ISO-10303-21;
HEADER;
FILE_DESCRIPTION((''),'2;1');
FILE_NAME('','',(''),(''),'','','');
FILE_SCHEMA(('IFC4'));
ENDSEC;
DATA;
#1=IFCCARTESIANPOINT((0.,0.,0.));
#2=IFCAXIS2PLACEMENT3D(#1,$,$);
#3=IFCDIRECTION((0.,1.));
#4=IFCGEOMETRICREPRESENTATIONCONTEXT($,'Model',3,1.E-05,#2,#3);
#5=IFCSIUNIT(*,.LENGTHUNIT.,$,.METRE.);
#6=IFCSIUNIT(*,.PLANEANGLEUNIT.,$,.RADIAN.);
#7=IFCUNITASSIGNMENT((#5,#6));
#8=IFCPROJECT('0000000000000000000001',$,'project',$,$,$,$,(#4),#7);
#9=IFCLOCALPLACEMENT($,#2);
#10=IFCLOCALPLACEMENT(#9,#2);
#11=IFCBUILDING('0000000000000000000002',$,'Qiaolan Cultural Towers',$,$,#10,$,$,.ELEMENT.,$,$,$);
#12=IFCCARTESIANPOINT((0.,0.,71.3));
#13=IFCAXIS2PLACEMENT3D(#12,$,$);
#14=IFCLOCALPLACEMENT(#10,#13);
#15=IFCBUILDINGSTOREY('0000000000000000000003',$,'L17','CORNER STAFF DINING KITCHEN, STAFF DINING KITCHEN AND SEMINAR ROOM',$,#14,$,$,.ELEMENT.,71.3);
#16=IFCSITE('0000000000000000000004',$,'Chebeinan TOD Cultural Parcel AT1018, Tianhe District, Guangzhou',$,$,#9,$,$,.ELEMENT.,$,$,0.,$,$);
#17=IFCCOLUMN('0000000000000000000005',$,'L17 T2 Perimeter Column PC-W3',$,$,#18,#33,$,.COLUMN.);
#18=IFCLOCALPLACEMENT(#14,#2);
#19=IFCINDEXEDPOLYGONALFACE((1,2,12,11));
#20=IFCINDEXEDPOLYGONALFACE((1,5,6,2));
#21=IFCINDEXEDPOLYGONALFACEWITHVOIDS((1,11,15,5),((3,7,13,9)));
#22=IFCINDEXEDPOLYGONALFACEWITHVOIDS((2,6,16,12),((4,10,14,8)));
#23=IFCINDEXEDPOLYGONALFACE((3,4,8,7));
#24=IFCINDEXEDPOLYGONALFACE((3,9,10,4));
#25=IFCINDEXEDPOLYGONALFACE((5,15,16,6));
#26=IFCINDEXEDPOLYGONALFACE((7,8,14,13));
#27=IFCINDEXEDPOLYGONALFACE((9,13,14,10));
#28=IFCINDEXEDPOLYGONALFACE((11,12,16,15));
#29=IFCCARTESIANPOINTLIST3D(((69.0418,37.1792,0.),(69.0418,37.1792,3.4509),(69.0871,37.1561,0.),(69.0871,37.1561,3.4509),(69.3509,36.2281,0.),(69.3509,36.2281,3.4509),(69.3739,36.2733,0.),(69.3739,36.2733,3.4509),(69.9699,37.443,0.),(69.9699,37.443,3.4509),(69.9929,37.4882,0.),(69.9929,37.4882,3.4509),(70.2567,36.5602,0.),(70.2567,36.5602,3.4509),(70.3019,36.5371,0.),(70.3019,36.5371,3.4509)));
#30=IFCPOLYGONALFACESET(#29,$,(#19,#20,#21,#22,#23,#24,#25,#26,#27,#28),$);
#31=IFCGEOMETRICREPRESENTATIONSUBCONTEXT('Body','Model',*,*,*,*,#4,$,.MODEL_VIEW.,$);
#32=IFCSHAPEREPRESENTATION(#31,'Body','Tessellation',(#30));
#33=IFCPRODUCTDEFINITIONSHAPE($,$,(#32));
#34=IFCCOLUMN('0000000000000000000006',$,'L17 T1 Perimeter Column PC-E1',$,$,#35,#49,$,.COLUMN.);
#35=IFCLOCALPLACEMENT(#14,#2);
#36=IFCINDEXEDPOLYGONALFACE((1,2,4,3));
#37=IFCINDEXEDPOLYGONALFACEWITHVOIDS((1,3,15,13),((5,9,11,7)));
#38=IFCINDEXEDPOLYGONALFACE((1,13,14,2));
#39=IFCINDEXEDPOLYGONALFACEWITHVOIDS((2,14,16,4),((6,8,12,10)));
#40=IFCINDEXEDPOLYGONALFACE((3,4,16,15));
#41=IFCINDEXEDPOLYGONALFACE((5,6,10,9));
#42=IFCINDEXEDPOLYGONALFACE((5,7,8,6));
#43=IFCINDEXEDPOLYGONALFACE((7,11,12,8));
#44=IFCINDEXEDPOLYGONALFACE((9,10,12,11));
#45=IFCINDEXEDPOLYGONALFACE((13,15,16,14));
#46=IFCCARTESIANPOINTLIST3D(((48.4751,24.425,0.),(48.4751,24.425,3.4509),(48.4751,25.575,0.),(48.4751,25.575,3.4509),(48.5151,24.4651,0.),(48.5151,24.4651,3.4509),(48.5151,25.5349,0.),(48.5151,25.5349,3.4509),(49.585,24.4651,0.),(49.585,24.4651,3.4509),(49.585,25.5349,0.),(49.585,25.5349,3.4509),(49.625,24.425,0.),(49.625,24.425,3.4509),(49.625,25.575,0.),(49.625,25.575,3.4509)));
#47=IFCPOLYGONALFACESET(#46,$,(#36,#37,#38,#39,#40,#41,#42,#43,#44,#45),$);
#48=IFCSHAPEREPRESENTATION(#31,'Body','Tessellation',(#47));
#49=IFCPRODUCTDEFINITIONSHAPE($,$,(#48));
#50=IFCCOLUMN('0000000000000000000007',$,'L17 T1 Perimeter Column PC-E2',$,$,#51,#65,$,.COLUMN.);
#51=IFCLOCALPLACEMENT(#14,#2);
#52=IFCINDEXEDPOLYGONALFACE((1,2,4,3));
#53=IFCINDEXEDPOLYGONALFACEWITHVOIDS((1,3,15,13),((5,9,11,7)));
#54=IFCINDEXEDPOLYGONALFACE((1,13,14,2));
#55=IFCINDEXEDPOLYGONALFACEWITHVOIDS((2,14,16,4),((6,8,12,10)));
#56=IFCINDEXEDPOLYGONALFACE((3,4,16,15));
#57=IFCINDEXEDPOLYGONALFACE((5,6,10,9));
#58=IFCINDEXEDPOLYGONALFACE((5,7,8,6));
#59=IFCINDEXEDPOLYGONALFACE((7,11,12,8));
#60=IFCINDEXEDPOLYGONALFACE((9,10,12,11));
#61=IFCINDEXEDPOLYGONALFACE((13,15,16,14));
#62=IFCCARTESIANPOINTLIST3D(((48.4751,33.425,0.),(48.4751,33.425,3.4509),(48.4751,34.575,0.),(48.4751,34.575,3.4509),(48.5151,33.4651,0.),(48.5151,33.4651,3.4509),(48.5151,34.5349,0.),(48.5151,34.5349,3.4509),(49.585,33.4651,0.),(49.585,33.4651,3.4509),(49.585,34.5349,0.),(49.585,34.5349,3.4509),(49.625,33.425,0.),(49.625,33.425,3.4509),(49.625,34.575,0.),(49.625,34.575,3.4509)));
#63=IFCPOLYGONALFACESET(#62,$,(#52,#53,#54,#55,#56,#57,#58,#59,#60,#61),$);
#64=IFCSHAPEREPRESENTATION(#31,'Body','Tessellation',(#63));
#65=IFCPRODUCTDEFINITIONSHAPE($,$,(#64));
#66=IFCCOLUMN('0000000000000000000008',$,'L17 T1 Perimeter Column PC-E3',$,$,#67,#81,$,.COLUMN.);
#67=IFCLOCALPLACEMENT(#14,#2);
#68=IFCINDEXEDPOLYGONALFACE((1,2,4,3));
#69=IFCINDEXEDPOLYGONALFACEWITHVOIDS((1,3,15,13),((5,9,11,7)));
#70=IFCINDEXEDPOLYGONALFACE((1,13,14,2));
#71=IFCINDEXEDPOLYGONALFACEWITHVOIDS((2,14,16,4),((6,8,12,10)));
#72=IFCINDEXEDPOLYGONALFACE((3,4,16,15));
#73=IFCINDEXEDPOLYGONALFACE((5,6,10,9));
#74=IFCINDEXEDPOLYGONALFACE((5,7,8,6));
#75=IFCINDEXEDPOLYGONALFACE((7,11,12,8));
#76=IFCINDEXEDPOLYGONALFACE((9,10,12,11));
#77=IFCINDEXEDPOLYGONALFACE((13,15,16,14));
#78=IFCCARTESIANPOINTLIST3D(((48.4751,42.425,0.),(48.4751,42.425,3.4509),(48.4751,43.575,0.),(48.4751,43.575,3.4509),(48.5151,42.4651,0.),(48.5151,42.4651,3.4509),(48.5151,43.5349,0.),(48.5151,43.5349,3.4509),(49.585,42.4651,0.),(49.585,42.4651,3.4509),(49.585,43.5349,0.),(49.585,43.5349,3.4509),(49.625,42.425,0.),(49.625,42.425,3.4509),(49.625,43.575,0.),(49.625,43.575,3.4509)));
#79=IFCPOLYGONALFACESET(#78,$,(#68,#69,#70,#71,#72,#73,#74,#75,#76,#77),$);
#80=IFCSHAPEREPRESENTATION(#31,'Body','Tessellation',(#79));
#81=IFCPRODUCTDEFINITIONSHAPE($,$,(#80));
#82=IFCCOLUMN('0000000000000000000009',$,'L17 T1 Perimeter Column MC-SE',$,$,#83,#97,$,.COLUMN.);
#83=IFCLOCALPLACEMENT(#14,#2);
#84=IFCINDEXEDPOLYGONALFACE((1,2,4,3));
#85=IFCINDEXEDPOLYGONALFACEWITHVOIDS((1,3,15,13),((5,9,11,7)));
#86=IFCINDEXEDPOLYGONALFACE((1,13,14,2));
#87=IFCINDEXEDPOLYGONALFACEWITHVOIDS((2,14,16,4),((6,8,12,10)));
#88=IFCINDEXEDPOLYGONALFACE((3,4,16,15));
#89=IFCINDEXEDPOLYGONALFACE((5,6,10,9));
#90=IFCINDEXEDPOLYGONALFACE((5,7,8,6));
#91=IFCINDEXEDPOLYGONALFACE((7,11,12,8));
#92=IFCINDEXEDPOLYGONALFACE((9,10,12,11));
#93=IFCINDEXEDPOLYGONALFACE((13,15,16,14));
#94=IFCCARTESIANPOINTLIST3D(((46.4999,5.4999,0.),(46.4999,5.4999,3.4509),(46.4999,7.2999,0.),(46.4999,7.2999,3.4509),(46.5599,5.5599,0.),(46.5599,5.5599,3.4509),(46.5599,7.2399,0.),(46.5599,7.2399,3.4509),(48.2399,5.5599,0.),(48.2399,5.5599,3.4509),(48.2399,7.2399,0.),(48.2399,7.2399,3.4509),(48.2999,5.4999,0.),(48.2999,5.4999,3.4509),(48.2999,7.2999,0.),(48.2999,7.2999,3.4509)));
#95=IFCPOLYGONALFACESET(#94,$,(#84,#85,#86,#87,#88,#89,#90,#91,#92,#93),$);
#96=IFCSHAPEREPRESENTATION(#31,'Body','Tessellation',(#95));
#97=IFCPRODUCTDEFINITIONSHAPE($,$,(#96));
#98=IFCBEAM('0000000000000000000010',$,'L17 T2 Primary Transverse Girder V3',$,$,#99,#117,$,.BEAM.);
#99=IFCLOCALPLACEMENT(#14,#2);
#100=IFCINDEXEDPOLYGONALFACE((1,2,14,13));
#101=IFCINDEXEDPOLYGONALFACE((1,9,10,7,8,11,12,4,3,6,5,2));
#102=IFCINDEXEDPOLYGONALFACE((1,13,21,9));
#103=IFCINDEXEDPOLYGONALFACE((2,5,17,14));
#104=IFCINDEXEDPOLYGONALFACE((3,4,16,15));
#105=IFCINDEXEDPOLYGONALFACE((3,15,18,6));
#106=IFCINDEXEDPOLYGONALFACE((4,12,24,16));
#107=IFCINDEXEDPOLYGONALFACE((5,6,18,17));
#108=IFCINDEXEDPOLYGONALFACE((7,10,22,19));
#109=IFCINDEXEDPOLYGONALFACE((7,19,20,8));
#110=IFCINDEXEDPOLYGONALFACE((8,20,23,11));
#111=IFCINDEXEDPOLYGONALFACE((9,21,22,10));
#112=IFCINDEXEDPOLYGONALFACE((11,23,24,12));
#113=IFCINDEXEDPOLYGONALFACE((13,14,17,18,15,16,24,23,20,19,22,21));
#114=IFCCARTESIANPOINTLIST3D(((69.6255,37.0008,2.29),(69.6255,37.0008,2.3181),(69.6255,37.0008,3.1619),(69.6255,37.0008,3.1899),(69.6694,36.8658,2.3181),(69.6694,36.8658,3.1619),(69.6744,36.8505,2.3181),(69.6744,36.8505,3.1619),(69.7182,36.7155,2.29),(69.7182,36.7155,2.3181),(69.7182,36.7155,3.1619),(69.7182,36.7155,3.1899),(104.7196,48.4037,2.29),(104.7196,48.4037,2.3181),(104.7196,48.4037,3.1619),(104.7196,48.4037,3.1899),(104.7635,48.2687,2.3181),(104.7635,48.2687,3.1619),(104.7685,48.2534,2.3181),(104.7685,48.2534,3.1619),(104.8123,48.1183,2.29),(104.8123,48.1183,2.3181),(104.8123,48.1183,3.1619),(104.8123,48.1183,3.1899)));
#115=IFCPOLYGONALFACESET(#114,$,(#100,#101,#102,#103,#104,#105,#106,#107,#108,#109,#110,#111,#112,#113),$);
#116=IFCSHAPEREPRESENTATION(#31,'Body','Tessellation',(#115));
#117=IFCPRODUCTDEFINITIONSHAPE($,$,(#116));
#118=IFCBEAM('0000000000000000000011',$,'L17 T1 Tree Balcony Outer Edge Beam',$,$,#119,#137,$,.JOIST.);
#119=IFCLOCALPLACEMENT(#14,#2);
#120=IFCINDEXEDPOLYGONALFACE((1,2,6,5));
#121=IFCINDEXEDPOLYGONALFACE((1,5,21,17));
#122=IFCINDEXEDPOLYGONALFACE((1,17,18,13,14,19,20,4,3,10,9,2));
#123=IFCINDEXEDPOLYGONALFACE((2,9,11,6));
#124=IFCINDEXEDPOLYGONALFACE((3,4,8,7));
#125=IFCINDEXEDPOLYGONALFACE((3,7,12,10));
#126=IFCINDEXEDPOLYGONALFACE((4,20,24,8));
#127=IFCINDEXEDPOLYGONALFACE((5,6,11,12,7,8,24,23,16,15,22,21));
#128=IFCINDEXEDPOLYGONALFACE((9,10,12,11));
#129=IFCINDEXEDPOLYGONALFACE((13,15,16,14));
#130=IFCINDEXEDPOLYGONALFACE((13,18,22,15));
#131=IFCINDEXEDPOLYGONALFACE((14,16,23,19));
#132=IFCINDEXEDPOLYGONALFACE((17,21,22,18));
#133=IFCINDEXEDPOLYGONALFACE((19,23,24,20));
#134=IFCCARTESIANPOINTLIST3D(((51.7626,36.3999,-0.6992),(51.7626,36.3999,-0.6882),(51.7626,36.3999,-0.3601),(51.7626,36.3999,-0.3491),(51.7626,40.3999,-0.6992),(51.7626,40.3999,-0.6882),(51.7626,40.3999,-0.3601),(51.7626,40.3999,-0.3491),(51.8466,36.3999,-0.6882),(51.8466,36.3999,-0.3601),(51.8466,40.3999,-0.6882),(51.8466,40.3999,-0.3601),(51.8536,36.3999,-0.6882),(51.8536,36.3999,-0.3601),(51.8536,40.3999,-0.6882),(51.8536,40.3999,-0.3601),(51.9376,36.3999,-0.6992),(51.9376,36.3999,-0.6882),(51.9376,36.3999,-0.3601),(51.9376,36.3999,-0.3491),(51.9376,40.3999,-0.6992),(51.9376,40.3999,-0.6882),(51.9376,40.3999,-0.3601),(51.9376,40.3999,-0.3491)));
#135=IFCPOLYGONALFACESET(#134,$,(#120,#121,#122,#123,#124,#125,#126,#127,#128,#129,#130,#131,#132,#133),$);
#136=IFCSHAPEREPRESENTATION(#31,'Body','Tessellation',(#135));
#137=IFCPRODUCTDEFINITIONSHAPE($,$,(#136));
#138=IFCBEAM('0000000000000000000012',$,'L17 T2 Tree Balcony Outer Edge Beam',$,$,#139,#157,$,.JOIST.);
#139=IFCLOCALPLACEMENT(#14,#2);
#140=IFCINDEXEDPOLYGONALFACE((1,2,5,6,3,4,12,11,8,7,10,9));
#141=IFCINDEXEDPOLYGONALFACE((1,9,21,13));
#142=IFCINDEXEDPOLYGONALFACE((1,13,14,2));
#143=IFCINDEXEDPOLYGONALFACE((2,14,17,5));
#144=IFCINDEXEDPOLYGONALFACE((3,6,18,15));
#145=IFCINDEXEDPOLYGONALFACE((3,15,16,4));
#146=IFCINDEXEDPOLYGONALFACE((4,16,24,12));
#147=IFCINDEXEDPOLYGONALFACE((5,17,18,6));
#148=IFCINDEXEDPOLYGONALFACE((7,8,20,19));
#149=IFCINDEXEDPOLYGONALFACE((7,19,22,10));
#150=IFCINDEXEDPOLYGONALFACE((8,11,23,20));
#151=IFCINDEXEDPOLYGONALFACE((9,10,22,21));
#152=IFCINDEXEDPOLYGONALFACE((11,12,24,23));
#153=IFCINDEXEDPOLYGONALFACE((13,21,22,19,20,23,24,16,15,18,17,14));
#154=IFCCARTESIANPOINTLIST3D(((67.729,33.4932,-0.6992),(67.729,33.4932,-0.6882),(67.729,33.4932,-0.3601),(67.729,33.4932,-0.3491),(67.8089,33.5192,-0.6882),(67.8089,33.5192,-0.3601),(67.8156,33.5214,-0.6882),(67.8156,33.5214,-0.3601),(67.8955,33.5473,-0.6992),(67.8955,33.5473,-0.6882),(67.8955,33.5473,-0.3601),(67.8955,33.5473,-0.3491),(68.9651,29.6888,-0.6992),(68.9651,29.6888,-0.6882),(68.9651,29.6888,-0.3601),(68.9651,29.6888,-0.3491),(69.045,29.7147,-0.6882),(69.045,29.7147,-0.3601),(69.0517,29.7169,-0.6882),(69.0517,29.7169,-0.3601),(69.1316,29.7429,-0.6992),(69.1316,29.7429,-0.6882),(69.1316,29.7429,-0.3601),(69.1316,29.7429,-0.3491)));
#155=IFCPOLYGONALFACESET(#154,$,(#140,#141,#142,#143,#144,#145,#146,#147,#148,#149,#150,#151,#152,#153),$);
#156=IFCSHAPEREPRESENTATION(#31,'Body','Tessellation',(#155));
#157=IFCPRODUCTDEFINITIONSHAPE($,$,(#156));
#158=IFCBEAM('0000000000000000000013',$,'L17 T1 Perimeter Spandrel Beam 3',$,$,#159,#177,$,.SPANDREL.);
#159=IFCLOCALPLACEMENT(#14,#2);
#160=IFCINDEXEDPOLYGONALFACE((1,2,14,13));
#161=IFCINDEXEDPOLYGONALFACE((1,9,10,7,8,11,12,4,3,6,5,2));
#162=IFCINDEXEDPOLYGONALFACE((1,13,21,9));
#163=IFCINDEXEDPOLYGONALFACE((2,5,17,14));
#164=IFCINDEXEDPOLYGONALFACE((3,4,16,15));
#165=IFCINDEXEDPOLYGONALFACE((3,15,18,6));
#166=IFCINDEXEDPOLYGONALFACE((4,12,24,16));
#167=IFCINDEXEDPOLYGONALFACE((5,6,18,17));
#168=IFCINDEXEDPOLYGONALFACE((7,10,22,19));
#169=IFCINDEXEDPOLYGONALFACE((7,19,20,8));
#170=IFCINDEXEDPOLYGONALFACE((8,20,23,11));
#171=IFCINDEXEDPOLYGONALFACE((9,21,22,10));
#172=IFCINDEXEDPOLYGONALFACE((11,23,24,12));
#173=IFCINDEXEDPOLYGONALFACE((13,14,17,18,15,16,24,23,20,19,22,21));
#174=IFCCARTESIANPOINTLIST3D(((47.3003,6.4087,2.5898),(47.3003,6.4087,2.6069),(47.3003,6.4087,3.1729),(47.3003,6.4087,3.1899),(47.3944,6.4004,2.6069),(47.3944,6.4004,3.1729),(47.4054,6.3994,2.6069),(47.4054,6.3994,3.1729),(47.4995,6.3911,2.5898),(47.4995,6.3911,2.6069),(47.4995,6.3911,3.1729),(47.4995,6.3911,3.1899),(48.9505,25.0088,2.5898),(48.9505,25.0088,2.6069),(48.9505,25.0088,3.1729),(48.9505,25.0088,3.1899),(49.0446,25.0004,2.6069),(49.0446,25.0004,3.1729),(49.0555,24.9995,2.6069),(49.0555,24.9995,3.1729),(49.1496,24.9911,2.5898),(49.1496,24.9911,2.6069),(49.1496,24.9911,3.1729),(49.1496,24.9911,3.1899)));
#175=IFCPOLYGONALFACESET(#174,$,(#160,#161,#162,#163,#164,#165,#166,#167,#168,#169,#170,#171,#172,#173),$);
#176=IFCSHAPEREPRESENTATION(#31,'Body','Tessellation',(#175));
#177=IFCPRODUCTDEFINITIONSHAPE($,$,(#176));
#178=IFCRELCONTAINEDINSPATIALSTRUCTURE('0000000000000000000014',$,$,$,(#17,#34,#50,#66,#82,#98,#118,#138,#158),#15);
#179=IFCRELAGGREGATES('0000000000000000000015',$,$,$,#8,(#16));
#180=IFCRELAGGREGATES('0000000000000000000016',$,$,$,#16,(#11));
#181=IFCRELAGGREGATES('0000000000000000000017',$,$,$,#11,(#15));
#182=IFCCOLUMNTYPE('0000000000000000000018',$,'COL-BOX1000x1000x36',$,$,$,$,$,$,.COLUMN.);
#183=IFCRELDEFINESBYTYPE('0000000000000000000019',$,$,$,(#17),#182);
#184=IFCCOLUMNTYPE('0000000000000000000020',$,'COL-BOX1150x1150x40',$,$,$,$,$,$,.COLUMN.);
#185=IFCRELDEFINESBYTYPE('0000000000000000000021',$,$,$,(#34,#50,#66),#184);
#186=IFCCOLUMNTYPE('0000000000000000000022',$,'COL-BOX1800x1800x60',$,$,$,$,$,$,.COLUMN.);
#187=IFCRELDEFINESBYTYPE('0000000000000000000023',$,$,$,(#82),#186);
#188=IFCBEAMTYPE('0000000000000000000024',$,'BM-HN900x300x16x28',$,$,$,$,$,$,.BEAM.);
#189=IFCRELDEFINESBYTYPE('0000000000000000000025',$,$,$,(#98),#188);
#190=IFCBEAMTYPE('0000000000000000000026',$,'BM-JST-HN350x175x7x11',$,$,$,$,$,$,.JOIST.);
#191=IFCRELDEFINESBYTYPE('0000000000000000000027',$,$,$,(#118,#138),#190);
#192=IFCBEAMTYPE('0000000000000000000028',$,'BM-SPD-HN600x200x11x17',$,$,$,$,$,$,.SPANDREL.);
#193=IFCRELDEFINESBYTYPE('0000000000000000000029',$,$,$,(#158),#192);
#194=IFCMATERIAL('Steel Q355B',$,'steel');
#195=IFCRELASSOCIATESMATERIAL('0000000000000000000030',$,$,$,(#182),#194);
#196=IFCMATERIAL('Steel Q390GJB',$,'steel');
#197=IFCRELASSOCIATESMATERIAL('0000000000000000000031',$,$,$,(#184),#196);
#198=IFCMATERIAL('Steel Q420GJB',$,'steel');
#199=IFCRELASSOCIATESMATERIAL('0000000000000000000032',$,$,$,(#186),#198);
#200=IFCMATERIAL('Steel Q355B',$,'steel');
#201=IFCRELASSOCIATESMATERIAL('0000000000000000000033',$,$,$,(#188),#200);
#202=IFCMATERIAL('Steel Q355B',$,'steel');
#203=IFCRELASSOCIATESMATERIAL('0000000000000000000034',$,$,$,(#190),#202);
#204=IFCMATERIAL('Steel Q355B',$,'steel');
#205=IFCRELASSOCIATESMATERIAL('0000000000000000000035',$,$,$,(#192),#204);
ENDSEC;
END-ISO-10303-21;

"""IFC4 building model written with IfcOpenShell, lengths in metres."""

from ifc_helpers import new_model, si_unit, direction, frame, origin, origin_2d, place, context, subcontext, project, spatial, hollow_rectangle, i_section, extrude, material, material_profile, profile_set, type_object, element, save


model = new_model("IFC4")

# Units and contexts
model_context = context("Model", 3, precision=1e-05, world=origin(), true_north=direction((0.0, 1.0)))
body_context = subcontext(model_context, "Body", "Model", "MODEL_VIEW")
ifc_project = project(units=[si_unit("LENGTHUNIT", "METRE"), si_unit("PLANEANGLEUNIT", "RADIAN")], contexts=[model_context])

# Site, building, storey
site_placement = place(None, origin())
site = spatial("IfcSite", under=ifc_project, at=site_placement, Name="Chebeinan TOD Cultural Parcel AT1018, Tianhe District, Guangzhou", CompositionType="ELEMENT", RefElevation=0.0)
building_placement = place(site_placement, origin())
building = spatial("IfcBuilding", under=site, at=building_placement, Name="Qiaolan Cultural Towers", CompositionType="ELEMENT")
storey_placement = place(building_placement, frame((0.0, 0.0, 71.3)))
storey = spatial("IfcBuildingStorey", under=building, at=storey_placement, Name="L17", Description="CORNER STAFF DINING KITCHEN, STAFF DINING KITCHEN AND SEMINAR ROOM", CompositionType="ELEMENT", Elevation=71.3)

# Columns
ifc_material_1 = material(Name="Steel Q355B", Category="steel")
ifc_material_profile_1 = material_profile(ifc_material_1, hollow_rectangle(XDim=1.0, YDim=1.0, WallThickness=0.0359, at=origin_2d()), Name="BOX1000x1000x36")
ifc_profile_set_1 = profile_set([ifc_material_profile_1], Name="Steel Q355B")
column_type_1 = type_object("IfcColumnType", Name="COL-BOX1000x1000x36", PredefinedType="COLUMN", material=ifc_profile_set_1)
column_1_placement = place(storey_placement, frame((69.6719, 36.8582, 0.0), z_axis=(0.0, 0.0, 1.0), x_axis=(0.951057, 0.309017, 0.0)))
element("IfcColumn", 1, at=column_1_placement, inside=storey, type_object=column_type_1, Name="L17 T2 Perimeter Column PC-W3", PredefinedType="COLUMN", context=body_context, shape_type="SweptSolid", body=[
    extrude(hollow_rectangle(XDim=1.0, YDim=1.0, WallThickness=0.0359, at=origin_2d()), origin(), (0.0, 0.0, 1.0), 3.4509),
])
ifc_material_2 = material(Name="Steel Q390GJB", Category="steel")
ifc_material_profile_2 = material_profile(ifc_material_2, hollow_rectangle(XDim=1.1499, YDim=1.1499, WallThickness=0.04, at=origin_2d()), Name="BOX1150x1150x40")
ifc_profile_set_2 = profile_set([ifc_material_profile_2], Name="Steel Q390GJB")
column_type_2 = type_object("IfcColumnType", Name="COL-BOX1150x1150x40", PredefinedType="COLUMN", material=ifc_profile_set_2)
for number, where, z_axis, x_axis, name in (
    (2, (49.05, 25.0, 0.0), (0.0, 0.0, 1.0), (1.0, 0.0, 0.0), "L17 T1 Perimeter Column PC-E1"),
    (3, (49.05, 34.0, 0.0), (0.0, 0.0, 1.0), (1.0, 0.0, 0.0), "L17 T1 Perimeter Column PC-E2"),
    (4, (49.05, 43.0, 0.0), (0.0, 0.0, 1.0), (1.0, 0.0, 0.0), "L17 T1 Perimeter Column PC-E3"),
):
    element("IfcColumn", number, at=place(storey_placement, frame(where, z_axis=z_axis, x_axis=x_axis)), inside=storey, type_object=column_type_2, Name=name, PredefinedType="COLUMN", context=body_context, shape_type="SweptSolid", body=[
        extrude(hollow_rectangle(XDim=1.1499, YDim=1.1499, WallThickness=0.04, at=origin_2d()), origin(), (0.0, 0.0, 1.0), 3.4509),
    ])
ifc_material_3 = material(Name="Steel Q420GJB", Category="steel")
ifc_material_profile_3 = material_profile(ifc_material_3, hollow_rectangle(XDim=1.8, YDim=1.8, WallThickness=0.0601, at=origin_2d()), Name="BOX1800x1800x60")
ifc_profile_set_3 = profile_set([ifc_material_profile_3], Name="Steel Q420GJB")
column_type_3 = type_object("IfcColumnType", Name="COL-BOX1800x1800x60", PredefinedType="COLUMN", material=ifc_profile_set_3)
column_2_placement = place(storey_placement, frame((47.3999, 6.3999, 0.0), z_axis=(0.0, 0.0, 1.0), x_axis=(1.0, 0.0, 0.0)))
element("IfcColumn", 5, at=column_2_placement, inside=storey, type_object=column_type_3, Name="L17 T1 Perimeter Column MC-SE", PredefinedType="COLUMN", context=body_context, shape_type="SweptSolid", body=[
    extrude(hollow_rectangle(XDim=1.8, YDim=1.8, WallThickness=0.0601, at=origin_2d()), origin(), (0.0, 0.0, 1.0), 3.4509),
])

# Beams
ifc_material_4 = material(Name="Steel Q355B", Category="steel")
ifc_material_profile_4 = material_profile(ifc_material_4, i_section(OverallWidth=0.3, OverallDepth=0.8999, WebThickness=0.0161, FlangeThickness=0.0281, at=origin_2d()), Name="HN900x300x16x28")
ifc_profile_set_4 = profile_set([ifc_material_profile_4], Name="Steel Q355B")
beam_type_1 = type_object("IfcBeamType", Name="BM-HN900x300x16x28", PredefinedType="BEAM", material=ifc_profile_set_4)
beam_1_placement = place(storey_placement, frame((69.6719, 36.8582, 2.74), z_axis=(0.951056, 0.309019, 0.0), x_axis=(-0.309019, 0.951056, 0.0)))
element("IfcBeam", 6, at=beam_1_placement, inside=storey, type_object=beam_type_1, Name="L17 T2 Primary Transverse Girder V3", PredefinedType="BEAM", context=body_context, shape_type="SweptSolid", body=[
    extrude(i_section(OverallWidth=0.3, OverallDepth=0.8999, WebThickness=0.0161, FlangeThickness=0.0281, at=origin_2d()), origin(), (0.0, 0.0, 1.0), 36.9001),
])
ifc_material_5 = material(Name="Steel Q355B", Category="steel")
ifc_material_profile_5 = material_profile(ifc_material_5, i_section(OverallWidth=0.175, OverallDepth=0.3501, WebThickness=0.0071, FlangeThickness=0.011, at=origin_2d()), Name="HN350x175x7x11")
ifc_profile_set_5 = profile_set([ifc_material_profile_5], Name="Steel Q355B")
beam_type_2 = type_object("IfcBeamType", Name="BM-JST-HN350x175x7x11", PredefinedType="JOIST", material=ifc_profile_set_5)
beam_2_placement = place(storey_placement, frame((51.8501, 36.3999, -0.5242), z_axis=(0.0, 1.0, 0.0), x_axis=(-1.0, 0.0, 0.0)))
element("IfcBeam", 7, at=beam_2_placement, inside=storey, type_object=beam_type_2, Name="L17 T1 Tree Balcony Outer Edge Beam", PredefinedType="JOIST", context=body_context, shape_type="SweptSolid", body=[
    extrude(i_section(OverallWidth=0.175, OverallDepth=0.3501, WebThickness=0.0071, FlangeThickness=0.011, at=origin_2d()), origin(), (0.0, 0.0, 1.0), 4.0),
])
beam_3_placement = place(storey_placement, frame((69.0483, 29.7158, -0.5242), z_axis=(-0.309005, 0.951061, 0.0), x_axis=(-0.951061, -0.309005, 0.0)))
element("IfcBeam", 8, at=beam_3_placement, inside=storey, type_object=beam_type_2, Name="L17 T2 Tree Balcony Outer Edge Beam", PredefinedType="JOIST", context=body_context, shape_type="SweptSolid", body=[
    extrude(i_section(OverallWidth=0.175, OverallDepth=0.3501, WebThickness=0.0071, FlangeThickness=0.011, at=origin_2d()), origin(), (0.0, 0.0, 1.0), 4.0002),
])
ifc_material_6 = material(Name="Steel Q355B", Category="steel")
ifc_material_profile_6 = material_profile(ifc_material_6, i_section(OverallWidth=0.2, OverallDepth=0.6001, WebThickness=0.011, FlangeThickness=0.0171, at=origin_2d()), Name="HN600x200x11x17")
ifc_profile_set_6 = profile_set([ifc_material_profile_6], Name="Steel Q355B")
beam_type_3 = type_object("IfcBeamType", Name="BM-SPD-HN600x200x11x17", PredefinedType="SPANDREL", material=ifc_profile_set_6)
beam_4_placement = place(storey_placement, frame((47.3999, 6.3999, 2.8899), z_axis=(0.08837, 0.996088, 0.0), x_axis=(-0.996088, 0.08837, 0.0)))
element("IfcBeam", 9, at=beam_4_placement, inside=storey, type_object=beam_type_3, Name="L17 T1 Perimeter Spandrel Beam 3", PredefinedType="SPANDREL", context=body_context, shape_type="SweptSolid", body=[
    extrude(i_section(OverallWidth=0.2, OverallDepth=0.6001, WebThickness=0.011, FlangeThickness=0.0171, at=origin_2d()), origin(), (0.0, 0.0, 1.0), 18.6731),
])

save(model, "model.ifc")
